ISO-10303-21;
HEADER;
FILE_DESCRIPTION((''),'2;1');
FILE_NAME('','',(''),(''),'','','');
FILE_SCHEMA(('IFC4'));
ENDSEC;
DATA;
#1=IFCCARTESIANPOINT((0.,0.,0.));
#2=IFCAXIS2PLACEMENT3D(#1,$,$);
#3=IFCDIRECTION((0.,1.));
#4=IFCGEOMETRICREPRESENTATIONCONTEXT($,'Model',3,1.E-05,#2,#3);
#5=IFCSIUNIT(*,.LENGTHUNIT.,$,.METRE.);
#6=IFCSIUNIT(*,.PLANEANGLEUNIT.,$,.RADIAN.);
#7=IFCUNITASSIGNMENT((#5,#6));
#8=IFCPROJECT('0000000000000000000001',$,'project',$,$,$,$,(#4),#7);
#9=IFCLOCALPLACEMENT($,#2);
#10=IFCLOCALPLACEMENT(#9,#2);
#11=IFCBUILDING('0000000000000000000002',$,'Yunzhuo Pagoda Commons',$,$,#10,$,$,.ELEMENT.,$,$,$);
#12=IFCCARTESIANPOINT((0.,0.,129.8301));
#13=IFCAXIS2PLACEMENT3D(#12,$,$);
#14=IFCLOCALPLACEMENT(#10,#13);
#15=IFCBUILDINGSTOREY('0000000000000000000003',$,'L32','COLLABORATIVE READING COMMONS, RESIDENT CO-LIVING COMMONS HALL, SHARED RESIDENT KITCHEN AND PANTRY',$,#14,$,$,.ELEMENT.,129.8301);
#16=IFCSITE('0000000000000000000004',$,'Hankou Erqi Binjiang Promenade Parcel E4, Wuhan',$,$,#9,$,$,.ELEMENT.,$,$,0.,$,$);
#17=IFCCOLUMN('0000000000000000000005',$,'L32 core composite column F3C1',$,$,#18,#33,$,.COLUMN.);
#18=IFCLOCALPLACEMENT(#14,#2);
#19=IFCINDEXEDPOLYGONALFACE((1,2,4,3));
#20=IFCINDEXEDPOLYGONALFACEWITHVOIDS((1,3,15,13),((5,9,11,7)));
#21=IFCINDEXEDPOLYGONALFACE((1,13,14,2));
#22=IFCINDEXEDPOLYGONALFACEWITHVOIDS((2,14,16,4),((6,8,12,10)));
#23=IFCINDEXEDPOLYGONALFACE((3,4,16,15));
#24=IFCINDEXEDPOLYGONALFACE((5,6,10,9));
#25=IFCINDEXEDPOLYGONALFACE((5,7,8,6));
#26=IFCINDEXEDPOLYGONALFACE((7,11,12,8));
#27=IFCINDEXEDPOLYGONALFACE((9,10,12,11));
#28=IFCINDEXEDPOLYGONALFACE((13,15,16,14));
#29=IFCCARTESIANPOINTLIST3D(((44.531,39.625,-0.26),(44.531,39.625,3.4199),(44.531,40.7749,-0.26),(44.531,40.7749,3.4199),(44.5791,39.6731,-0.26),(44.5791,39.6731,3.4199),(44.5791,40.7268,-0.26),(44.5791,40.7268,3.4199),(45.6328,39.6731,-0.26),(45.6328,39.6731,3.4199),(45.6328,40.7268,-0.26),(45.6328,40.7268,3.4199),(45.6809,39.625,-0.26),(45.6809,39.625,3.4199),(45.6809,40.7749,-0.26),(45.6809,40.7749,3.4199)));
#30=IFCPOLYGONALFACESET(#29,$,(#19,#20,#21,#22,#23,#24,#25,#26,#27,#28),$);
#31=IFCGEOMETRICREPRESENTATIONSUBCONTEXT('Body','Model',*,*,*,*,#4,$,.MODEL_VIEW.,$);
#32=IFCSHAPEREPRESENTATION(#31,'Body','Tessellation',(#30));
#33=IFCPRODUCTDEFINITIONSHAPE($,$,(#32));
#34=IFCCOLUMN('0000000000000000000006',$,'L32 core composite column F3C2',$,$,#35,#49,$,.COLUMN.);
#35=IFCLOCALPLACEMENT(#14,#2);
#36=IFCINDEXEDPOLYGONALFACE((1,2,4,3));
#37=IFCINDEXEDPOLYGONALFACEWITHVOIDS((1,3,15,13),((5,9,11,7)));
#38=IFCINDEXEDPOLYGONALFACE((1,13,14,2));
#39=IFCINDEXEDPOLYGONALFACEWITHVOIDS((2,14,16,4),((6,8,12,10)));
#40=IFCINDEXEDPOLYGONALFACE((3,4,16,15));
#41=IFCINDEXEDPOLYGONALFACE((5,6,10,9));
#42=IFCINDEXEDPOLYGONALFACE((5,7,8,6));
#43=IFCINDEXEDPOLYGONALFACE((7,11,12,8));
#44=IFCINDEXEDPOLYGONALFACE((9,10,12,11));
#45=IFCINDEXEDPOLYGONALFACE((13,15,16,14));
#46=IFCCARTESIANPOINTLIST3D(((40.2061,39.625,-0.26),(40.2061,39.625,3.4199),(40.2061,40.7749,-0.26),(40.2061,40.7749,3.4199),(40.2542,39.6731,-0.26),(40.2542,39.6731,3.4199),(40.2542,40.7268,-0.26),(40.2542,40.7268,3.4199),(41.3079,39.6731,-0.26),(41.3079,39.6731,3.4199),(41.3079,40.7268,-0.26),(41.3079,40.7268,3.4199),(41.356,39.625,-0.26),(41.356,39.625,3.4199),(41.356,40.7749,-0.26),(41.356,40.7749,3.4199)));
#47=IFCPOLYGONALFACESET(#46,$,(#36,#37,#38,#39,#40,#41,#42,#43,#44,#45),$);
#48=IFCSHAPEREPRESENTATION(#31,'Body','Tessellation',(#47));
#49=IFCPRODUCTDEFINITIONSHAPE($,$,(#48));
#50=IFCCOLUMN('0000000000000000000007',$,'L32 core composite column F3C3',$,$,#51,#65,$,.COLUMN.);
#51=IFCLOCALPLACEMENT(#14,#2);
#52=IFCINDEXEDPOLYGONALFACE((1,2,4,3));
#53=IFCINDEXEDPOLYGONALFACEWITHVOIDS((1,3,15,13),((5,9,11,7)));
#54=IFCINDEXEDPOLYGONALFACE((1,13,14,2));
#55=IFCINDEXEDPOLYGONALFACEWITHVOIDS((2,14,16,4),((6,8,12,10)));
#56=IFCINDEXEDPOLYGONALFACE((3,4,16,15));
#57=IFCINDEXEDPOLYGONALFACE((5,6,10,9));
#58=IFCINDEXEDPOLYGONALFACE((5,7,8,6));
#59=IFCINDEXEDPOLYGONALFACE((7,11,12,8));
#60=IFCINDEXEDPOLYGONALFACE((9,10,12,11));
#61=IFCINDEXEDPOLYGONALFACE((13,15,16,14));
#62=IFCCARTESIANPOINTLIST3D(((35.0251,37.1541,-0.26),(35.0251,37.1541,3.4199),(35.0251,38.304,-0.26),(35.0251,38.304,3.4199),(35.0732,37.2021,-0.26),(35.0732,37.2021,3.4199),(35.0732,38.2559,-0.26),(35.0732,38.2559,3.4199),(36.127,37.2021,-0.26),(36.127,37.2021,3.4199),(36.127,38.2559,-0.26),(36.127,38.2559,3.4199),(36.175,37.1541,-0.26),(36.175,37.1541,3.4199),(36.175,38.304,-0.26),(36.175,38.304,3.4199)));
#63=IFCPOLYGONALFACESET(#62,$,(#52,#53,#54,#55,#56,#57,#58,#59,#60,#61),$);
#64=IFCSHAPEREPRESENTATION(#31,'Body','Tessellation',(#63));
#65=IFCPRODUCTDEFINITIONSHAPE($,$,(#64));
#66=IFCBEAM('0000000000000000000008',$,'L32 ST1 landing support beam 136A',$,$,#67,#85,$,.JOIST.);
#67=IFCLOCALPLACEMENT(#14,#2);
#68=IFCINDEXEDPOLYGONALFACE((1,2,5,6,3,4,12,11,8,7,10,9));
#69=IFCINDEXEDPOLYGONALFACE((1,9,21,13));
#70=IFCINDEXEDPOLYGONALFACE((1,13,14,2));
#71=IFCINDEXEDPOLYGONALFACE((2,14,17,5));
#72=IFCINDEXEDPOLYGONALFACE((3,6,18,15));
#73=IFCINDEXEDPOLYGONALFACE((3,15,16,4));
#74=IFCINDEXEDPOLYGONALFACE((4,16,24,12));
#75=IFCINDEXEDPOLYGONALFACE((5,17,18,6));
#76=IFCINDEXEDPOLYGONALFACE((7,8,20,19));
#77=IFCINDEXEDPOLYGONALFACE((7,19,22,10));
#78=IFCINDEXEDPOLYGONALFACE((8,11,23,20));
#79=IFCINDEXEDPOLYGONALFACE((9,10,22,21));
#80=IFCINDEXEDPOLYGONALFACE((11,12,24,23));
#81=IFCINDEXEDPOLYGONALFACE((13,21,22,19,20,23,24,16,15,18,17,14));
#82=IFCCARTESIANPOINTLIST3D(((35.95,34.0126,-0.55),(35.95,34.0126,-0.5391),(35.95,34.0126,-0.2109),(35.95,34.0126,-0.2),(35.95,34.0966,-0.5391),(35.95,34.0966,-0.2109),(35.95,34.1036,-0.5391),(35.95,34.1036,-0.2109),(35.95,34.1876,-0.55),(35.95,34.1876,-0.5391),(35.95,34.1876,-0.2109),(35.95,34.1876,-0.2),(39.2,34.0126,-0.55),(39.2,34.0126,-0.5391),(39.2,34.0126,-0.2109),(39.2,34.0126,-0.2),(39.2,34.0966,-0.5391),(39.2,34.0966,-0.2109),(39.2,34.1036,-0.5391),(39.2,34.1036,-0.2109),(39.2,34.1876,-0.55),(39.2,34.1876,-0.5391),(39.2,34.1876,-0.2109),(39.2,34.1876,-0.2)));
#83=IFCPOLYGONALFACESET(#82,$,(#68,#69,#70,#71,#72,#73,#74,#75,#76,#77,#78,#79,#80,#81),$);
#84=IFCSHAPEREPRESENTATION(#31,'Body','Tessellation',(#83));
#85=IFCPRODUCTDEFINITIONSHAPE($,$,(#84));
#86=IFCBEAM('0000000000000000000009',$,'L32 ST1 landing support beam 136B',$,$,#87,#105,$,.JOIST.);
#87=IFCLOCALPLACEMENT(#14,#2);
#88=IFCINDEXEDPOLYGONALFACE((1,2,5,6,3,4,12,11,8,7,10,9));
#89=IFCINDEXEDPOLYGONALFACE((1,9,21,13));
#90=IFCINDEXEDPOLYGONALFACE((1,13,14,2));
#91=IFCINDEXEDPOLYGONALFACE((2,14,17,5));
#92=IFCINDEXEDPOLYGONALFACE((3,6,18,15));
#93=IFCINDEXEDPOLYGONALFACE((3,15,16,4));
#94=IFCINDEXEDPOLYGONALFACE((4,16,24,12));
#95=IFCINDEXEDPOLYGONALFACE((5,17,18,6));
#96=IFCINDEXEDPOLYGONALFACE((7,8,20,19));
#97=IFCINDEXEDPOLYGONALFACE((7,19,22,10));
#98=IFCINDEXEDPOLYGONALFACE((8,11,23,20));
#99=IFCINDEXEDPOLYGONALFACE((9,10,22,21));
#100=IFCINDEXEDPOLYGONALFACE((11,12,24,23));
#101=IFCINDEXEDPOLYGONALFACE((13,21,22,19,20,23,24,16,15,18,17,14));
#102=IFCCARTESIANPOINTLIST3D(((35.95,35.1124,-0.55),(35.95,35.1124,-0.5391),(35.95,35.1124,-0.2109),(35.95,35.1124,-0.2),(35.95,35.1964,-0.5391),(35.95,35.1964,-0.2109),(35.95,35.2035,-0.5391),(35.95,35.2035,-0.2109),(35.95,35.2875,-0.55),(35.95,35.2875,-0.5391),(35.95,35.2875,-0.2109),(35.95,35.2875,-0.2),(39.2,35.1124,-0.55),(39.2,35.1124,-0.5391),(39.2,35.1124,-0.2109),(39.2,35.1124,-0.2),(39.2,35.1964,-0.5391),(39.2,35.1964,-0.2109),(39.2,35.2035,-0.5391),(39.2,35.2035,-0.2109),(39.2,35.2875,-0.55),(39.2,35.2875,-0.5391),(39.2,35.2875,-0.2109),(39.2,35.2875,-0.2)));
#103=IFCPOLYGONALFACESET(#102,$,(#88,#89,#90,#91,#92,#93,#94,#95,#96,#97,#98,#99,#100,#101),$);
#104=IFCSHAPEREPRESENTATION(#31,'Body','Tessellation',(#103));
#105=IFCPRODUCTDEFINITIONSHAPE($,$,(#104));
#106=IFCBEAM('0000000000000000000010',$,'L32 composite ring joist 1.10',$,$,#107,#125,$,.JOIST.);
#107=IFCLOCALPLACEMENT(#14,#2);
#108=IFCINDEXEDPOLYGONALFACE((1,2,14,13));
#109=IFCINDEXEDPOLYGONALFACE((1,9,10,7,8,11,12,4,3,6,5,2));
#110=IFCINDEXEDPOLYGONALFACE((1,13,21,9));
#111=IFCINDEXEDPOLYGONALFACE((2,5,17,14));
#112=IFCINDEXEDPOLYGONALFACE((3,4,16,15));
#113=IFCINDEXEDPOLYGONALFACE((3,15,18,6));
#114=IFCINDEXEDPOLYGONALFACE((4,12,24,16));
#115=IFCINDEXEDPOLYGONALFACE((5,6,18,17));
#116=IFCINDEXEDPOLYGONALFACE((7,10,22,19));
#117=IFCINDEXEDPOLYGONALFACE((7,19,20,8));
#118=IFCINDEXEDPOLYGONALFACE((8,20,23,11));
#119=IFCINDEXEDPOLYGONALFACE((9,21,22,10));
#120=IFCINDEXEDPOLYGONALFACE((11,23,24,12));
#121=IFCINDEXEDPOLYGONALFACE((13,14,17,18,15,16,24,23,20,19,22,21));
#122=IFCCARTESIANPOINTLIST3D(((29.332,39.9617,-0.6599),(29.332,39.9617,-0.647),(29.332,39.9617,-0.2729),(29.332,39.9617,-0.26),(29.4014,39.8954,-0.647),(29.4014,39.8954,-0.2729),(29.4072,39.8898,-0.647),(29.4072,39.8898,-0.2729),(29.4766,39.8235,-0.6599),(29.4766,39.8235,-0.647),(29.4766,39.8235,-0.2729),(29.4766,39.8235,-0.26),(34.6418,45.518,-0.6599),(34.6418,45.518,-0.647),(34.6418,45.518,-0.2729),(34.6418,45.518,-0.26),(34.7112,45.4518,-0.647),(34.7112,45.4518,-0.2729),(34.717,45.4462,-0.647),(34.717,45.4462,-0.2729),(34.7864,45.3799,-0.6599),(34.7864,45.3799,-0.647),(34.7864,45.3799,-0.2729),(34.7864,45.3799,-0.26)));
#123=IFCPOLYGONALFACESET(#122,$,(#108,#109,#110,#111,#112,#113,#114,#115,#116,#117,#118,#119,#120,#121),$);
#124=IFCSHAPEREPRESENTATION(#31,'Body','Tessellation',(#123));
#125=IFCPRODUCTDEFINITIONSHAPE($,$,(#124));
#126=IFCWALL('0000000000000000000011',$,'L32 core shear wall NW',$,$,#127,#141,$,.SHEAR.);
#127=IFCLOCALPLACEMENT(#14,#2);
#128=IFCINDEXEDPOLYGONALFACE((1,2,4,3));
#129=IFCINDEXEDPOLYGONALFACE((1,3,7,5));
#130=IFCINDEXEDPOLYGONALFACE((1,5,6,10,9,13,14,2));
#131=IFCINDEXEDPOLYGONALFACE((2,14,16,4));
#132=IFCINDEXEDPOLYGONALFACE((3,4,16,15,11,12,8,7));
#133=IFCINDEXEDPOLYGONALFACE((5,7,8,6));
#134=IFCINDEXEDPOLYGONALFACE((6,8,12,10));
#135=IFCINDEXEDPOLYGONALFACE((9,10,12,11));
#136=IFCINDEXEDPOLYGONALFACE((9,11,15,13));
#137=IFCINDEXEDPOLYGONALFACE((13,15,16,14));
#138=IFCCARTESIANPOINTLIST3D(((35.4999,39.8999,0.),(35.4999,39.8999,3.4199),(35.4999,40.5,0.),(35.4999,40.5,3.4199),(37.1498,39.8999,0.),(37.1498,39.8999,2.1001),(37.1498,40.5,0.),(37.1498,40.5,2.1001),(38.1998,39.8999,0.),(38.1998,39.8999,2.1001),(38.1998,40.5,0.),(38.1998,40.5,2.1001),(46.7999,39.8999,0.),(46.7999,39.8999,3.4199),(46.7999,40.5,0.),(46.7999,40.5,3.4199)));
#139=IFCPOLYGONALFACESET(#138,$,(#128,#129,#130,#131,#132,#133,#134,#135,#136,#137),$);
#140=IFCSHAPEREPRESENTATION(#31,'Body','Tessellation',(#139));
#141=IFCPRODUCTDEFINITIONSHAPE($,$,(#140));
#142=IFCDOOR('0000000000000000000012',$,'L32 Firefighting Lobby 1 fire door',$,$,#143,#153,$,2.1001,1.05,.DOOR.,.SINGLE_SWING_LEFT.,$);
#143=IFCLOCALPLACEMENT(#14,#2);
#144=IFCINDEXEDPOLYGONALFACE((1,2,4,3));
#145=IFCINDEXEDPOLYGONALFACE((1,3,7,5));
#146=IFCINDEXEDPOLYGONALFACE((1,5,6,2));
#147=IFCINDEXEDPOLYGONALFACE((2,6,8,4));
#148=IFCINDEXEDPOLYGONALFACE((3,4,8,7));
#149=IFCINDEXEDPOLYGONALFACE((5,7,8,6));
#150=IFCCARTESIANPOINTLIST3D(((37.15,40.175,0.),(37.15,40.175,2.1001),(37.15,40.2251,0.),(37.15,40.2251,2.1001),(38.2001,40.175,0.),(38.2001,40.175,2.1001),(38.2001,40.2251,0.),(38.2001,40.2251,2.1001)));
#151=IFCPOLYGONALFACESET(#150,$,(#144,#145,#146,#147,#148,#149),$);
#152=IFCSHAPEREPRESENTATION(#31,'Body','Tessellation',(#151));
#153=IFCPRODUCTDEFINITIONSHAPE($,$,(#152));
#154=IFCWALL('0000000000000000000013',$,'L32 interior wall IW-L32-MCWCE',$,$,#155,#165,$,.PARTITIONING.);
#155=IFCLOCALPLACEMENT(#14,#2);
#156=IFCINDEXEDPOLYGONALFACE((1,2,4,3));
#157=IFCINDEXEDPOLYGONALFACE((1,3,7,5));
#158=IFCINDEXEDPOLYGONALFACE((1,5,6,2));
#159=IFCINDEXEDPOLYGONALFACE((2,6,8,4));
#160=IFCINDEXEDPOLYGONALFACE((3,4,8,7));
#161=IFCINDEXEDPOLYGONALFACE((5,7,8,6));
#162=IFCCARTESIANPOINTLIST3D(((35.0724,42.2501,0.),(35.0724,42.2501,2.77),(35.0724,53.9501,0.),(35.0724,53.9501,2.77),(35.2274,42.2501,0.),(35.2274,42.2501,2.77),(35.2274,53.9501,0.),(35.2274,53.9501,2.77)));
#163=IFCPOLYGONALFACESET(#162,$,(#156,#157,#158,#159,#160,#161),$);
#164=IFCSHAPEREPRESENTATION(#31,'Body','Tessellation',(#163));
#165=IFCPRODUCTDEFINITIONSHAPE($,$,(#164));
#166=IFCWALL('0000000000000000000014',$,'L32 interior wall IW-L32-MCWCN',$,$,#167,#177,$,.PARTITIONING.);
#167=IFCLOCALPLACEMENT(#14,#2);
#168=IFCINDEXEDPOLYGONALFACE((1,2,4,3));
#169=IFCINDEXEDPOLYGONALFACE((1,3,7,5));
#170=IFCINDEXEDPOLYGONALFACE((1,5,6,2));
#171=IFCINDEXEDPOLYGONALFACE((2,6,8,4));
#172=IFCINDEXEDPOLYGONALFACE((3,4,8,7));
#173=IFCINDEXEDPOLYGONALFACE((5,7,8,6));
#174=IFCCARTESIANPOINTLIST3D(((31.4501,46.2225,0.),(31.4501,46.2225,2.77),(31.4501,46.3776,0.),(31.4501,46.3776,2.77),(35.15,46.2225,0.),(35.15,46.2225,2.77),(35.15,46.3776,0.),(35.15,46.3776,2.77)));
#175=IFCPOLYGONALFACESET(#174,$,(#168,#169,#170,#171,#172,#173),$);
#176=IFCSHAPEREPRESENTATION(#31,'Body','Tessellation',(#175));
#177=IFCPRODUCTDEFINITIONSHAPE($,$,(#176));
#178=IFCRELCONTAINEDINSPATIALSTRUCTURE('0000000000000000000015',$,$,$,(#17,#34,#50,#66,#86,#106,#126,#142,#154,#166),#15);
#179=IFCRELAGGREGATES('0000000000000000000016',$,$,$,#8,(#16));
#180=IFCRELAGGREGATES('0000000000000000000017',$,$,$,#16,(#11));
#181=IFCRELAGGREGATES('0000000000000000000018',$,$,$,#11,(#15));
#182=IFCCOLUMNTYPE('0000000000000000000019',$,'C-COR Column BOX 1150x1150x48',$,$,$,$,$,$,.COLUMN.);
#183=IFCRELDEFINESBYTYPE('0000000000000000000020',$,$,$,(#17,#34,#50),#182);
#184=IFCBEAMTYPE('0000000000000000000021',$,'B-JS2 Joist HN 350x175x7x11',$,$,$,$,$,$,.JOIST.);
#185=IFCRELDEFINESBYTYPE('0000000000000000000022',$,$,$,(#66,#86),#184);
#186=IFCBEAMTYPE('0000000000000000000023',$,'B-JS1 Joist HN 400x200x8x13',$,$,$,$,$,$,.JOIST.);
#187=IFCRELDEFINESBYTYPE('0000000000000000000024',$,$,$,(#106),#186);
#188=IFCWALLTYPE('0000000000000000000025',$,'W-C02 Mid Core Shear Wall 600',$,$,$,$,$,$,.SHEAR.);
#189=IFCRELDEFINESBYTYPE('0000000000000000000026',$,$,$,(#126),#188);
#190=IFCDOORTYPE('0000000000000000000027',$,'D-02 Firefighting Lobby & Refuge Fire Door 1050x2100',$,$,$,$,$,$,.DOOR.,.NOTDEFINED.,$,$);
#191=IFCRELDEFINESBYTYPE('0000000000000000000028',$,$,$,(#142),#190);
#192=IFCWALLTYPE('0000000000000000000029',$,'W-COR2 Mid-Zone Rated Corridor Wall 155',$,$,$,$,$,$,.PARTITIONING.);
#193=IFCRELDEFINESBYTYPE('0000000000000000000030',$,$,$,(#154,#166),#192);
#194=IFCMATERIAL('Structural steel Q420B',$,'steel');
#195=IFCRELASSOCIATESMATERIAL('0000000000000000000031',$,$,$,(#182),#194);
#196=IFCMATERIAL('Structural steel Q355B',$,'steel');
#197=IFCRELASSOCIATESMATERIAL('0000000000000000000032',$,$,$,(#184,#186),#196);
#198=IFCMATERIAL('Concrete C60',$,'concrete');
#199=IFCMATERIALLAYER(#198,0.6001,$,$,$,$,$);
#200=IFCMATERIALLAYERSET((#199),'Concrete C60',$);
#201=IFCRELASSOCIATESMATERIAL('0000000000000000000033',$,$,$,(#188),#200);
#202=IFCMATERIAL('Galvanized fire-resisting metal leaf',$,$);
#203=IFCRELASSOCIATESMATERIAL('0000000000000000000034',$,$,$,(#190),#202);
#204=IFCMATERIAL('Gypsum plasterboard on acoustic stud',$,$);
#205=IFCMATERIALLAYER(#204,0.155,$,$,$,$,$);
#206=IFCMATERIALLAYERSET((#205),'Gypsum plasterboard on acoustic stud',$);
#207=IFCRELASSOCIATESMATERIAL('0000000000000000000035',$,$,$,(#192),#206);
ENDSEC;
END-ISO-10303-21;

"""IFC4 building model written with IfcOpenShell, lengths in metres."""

from ifc_helpers import new_model, si_unit, direction, frame, frame_2d, origin, origin_2d, place, context, subcontext, project, spatial, rectangle, hollow_rectangle, i_section, extrude, source, transform, mapped, material, layer, layer_set, material_profile, profile_set, type_object, element, fill, save


model = new_model("IFC4")

# Units and contexts
model_context = context("Model", 3, precision=1e-05, world=origin(), true_north=direction((0.0, 1.0)))
body_context = subcontext(model_context, "Body", "Model", "MODEL_VIEW")
ifc_project = project(units=[si_unit("LENGTHUNIT", "METRE"), si_unit("PLANEANGLEUNIT", "RADIAN")], contexts=[model_context])

# Site, building, storey
site_placement = place(None, origin())
site = spatial("IfcSite", under=ifc_project, at=site_placement, Name="Hankou Erqi Binjiang Promenade Parcel E4, Wuhan", CompositionType="ELEMENT", RefElevation=0.0)
building_placement = place(site_placement, origin())
building = spatial("IfcBuilding", under=site, at=building_placement, Name="Yunzhuo Pagoda Commons", CompositionType="ELEMENT")
storey_placement = place(building_placement, frame((0.0, 0.0, 129.8301)))
storey = spatial("IfcBuildingStorey", under=building, at=storey_placement, Name="L32", Description="COLLABORATIVE READING COMMONS, RESIDENT CO-LIVING COMMONS HALL, SHARED RESIDENT KITCHEN AND PANTRY", CompositionType="ELEMENT", Elevation=129.8301)

# Columns
ifc_material_1 = material(Name="Structural steel Q420B", Category="steel")
ifc_material_profile_1 = material_profile(ifc_material_1, hollow_rectangle(XDim=1.1499, YDim=1.1499, WallThickness=0.0481, at=origin_2d()), Name="Structural steel Q420B")
ifc_profile_set_1 = profile_set([ifc_material_profile_1], Name="Structural steel Q420B")
column_type = type_object("IfcColumnType", Name="C-COR Column BOX 1150x1150x48", PredefinedType="COLUMN", material=ifc_profile_set_1)
shared_shape_1 = source(origin(), body_context, "Body", "SweptSolid", [
    extrude(hollow_rectangle(XDim=1.1499, YDim=1.1499, WallThickness=0.0481, at=origin_2d()), origin(), (0.0, 0.0, 1.0), 3.6799),
])
for number, where, z_axis, x_axis, name in (
    (1, (45.106, 40.2, -0.26), (0.0, 0.0, 1.0), (1.0, 0.0, 0.0), "L32 core composite column F3C1"),
    (2, (40.781, 40.2, -0.26), (0.0, 0.0, 1.0), (1.0, 0.0, 0.0), "L32 core composite column F3C2"),
    (3, (35.6001, 37.729, -0.26), (0.0, 0.0, 1.0), (1.0, 0.0, 0.0), "L32 core composite column F3C3"),
):
    element("IfcColumn", number, at=place(storey_placement, frame(where, z_axis=z_axis, x_axis=x_axis)), inside=storey, type_object=column_type, Name=name, PredefinedType="COLUMN", context=body_context, shape_type="MappedRepresentation", body=[
        mapped(shared_shape_1, transform((0.0, 0.0, 0.0), scale=1.0)),
    ])

# Beams
ifc_material_2 = material(Name="Structural steel Q355B", Category="steel")
ifc_material_profile_2 = material_profile(ifc_material_2, i_section(OverallWidth=0.175, OverallDepth=0.3501, WebThickness=0.0071, FlangeThickness=0.011, at=origin_2d()), Name="Structural steel Q355B")
ifc_profile_set_2 = profile_set([ifc_material_profile_2], Name="Structural steel Q355B")
beam_type_1 = type_object("IfcBeamType", Name="B-JS2 Joist HN 350x175x7x11", PredefinedType="JOIST", material=ifc_profile_set_2)
shared_shape_2 = source(origin(), body_context, "Body", "SweptSolid", [
    extrude(i_section(OverallWidth=0.175, OverallDepth=0.3501, WebThickness=0.0071, FlangeThickness=0.011, at=origin_2d()), origin(), (0.0, 0.0, 1.0), 3.25),
])
for number, where, z_axis, x_axis, name in (
    (4, (35.95, 34.1001, -0.375), (1.0, 0.0, 0.0), (0.0, 1.0, 0.0), "L32 ST1 landing support beam 136A"),
    (5, (35.95, 35.2, -0.375), (1.0, 0.0, 0.0), (0.0, 1.0, 0.0), "L32 ST1 landing support beam 136B"),
):
    element("IfcBeam", number, at=place(storey_placement, frame(where, z_axis=z_axis, x_axis=x_axis)), inside=storey, type_object=beam_type_1, Name=name, PredefinedType="JOIST", context=body_context, shape_type="MappedRepresentation", body=[
        mapped(shared_shape_2, transform((0.0, 0.0, 0.0), scale=1.0)),
    ])
ifc_material_profile_3 = material_profile(ifc_material_2, i_section(OverallWidth=0.2, OverallDepth=0.3999, WebThickness=0.0081, FlangeThickness=0.0129, at=origin_2d()), Name="Structural steel Q355B")
ifc_profile_set_3 = profile_set([ifc_material_profile_3], Name="Structural steel Q355B")
beam_type_2 = type_object("IfcBeamType", Name="B-JS1 Joist HN 400x200x8x13", PredefinedType="JOIST", material=ifc_profile_set_3)
shared_shape_3 = source(origin(), body_context, "Body", "SweptSolid", [
    extrude(i_section(OverallWidth=0.2, OverallDepth=0.3999, WebThickness=0.0081, FlangeThickness=0.0129, at=origin_2d()), origin(), (0.0, 0.0, 1.0), 7.6855),
])
beam_placement = place(storey_placement, frame((34.7141, 45.449, -0.46), z_axis=(-0.690883, -0.722967, 0.0), x_axis=(0.722967, -0.690883, 0.0)))
element("IfcBeam", 6, at=beam_placement, inside=storey, type_object=beam_type_2, Name="L32 composite ring joist 1.10", PredefinedType="JOIST", context=body_context, shape_type="MappedRepresentation", body=[
    mapped(shared_shape_3, transform((0.0, 0.0, 0.0), scale=1.0)),
])

# Wall, opening, door
ifc_material_3 = material(Name="Concrete C60", Category="concrete")
ifc_layer_1 = layer(ifc_material_3, 0.6001)
ifc_layer_set_1 = layer_set([ifc_layer_1], Name="Concrete C60")
wall_type_1 = type_object("IfcWallType", Name="W-C02 Mid Core Shear Wall 600", PredefinedType="SHEAR", material=ifc_layer_set_1)
wall_1_placement = place(storey_placement, frame((35.5, 40.2, 0.0), z_axis=(0.0, 0.0, 1.0), x_axis=(1.0, 0.0, 0.0)))
wall_1 = element("IfcWall", 7, at=wall_1_placement, inside=storey, type_object=wall_type_1, Name="L32 core shear wall NW", PredefinedType="SHEAR", context=body_context, shape_type="SweptSolid", body=[
    extrude(rectangle(XDim=11.3, YDim=0.6001, at=frame_2d((5.6499, 0.0))), origin(), (0.0, 0.0, 1.0), 3.4199),
])
opening_1_placement = place(wall_1_placement, frame((1.6499, 0.0, 0.0)))
opening_1 = element("IfcOpeningElement", 8, at=opening_1_placement, cuts=wall_1, PredefinedType="OPENING", context=body_context, shape_type="SweptSolid", body=[
    extrude(rectangle(XDim=1.05, YDim=2.1001, at=frame_2d((0.5249, 1.05))), frame((0.0, 0.3101, 0.0), z_axis=(0.0, -1.0, 0.0), x_axis=(1.0, 0.0, 0.0)), (0.0, 0.0, 1.0), 0.6201),
])
ifc_material_4 = material(Name="Galvanized fire-resisting metal leaf")
door_type_1 = type_object("IfcDoorType", Name="D-02 Firefighting Lobby & Refuge Fire Door 1050x2100", OperationType="NOTDEFINED", PredefinedType="DOOR", material=ifc_material_4)
shared_shape_4 = source(origin(), body_context, "Body", "SweptSolid", [
    extrude(rectangle(XDim=1.05, YDim=2.1001, at=frame_2d((0.5249, 1.05))), frame((0.0, 0.0249, 0.0), z_axis=(0.0, -1.0, 0.0), x_axis=(1.0, 0.0, 0.0)), (0.0, 0.0, 1.0), 0.05),
])
door_1_placement = place(opening_1_placement, frame((1.05, 0.0, 0.0), z_axis=(0.0, 0.0, 1.0), x_axis=(-1.0, 0.0, 0.0)))
door_1 = element("IfcDoor", 9, at=door_1_placement, inside=storey, type_object=door_type_1, Name="L32 Firefighting Lobby 1 fire door", OperationType="SINGLE_SWING_LEFT", OverallHeight=2.1001, OverallWidth=1.05, PredefinedType="DOOR", context=body_context, shape_type="MappedRepresentation", body=[
    mapped(shared_shape_4, transform((0.0, 0.0, 0.0), scale=1.0)),
])
fill(opening_1, door_1)

# Walls
ifc_material_5 = material(Name="Gypsum plasterboard on acoustic stud")
ifc_layer_2 = layer(ifc_material_5, 0.155)
ifc_layer_set_2 = layer_set([ifc_layer_2], Name="Gypsum plasterboard on acoustic stud")
wall_type_2 = type_object("IfcWallType", Name="W-COR2 Mid-Zone Rated Corridor Wall 155", PredefinedType="PARTITIONING", material=ifc_layer_set_2)
wall_2_placement = place(storey_placement, frame((35.1499, 42.25, 0.0), z_axis=(0.0, 0.0, 1.0), x_axis=(0.0, 1.0, 0.0)))
element("IfcWall", 10, at=wall_2_placement, inside=storey, type_object=wall_type_2, Name="L32 interior wall IW-L32-MCWCE", PredefinedType="PARTITIONING", context=body_context, shape_type="SweptSolid", body=[
    extrude(rectangle(XDim=11.7, YDim=0.155, at=frame_2d((5.8501, 0.0))), origin(), (0.0, 0.0, 1.0), 2.77),
])
wall_3_placement = place(storey_placement, frame((31.45, 46.3, 0.0), z_axis=(0.0, 0.0, 1.0), x_axis=(1.0, 0.0, 0.0)))
element("IfcWall", 11, at=wall_3_placement, inside=storey, type_object=wall_type_2, Name="L32 interior wall IW-L32-MCWCN", PredefinedType="PARTITIONING", context=body_context, shape_type="SweptSolid", body=[
    extrude(rectangle(XDim=3.7, YDim=0.155, at=frame_2d((1.8501, 0.0))), origin(), (0.0, 0.0, 1.0), 2.77),
])

save(model, "model.ifc")
